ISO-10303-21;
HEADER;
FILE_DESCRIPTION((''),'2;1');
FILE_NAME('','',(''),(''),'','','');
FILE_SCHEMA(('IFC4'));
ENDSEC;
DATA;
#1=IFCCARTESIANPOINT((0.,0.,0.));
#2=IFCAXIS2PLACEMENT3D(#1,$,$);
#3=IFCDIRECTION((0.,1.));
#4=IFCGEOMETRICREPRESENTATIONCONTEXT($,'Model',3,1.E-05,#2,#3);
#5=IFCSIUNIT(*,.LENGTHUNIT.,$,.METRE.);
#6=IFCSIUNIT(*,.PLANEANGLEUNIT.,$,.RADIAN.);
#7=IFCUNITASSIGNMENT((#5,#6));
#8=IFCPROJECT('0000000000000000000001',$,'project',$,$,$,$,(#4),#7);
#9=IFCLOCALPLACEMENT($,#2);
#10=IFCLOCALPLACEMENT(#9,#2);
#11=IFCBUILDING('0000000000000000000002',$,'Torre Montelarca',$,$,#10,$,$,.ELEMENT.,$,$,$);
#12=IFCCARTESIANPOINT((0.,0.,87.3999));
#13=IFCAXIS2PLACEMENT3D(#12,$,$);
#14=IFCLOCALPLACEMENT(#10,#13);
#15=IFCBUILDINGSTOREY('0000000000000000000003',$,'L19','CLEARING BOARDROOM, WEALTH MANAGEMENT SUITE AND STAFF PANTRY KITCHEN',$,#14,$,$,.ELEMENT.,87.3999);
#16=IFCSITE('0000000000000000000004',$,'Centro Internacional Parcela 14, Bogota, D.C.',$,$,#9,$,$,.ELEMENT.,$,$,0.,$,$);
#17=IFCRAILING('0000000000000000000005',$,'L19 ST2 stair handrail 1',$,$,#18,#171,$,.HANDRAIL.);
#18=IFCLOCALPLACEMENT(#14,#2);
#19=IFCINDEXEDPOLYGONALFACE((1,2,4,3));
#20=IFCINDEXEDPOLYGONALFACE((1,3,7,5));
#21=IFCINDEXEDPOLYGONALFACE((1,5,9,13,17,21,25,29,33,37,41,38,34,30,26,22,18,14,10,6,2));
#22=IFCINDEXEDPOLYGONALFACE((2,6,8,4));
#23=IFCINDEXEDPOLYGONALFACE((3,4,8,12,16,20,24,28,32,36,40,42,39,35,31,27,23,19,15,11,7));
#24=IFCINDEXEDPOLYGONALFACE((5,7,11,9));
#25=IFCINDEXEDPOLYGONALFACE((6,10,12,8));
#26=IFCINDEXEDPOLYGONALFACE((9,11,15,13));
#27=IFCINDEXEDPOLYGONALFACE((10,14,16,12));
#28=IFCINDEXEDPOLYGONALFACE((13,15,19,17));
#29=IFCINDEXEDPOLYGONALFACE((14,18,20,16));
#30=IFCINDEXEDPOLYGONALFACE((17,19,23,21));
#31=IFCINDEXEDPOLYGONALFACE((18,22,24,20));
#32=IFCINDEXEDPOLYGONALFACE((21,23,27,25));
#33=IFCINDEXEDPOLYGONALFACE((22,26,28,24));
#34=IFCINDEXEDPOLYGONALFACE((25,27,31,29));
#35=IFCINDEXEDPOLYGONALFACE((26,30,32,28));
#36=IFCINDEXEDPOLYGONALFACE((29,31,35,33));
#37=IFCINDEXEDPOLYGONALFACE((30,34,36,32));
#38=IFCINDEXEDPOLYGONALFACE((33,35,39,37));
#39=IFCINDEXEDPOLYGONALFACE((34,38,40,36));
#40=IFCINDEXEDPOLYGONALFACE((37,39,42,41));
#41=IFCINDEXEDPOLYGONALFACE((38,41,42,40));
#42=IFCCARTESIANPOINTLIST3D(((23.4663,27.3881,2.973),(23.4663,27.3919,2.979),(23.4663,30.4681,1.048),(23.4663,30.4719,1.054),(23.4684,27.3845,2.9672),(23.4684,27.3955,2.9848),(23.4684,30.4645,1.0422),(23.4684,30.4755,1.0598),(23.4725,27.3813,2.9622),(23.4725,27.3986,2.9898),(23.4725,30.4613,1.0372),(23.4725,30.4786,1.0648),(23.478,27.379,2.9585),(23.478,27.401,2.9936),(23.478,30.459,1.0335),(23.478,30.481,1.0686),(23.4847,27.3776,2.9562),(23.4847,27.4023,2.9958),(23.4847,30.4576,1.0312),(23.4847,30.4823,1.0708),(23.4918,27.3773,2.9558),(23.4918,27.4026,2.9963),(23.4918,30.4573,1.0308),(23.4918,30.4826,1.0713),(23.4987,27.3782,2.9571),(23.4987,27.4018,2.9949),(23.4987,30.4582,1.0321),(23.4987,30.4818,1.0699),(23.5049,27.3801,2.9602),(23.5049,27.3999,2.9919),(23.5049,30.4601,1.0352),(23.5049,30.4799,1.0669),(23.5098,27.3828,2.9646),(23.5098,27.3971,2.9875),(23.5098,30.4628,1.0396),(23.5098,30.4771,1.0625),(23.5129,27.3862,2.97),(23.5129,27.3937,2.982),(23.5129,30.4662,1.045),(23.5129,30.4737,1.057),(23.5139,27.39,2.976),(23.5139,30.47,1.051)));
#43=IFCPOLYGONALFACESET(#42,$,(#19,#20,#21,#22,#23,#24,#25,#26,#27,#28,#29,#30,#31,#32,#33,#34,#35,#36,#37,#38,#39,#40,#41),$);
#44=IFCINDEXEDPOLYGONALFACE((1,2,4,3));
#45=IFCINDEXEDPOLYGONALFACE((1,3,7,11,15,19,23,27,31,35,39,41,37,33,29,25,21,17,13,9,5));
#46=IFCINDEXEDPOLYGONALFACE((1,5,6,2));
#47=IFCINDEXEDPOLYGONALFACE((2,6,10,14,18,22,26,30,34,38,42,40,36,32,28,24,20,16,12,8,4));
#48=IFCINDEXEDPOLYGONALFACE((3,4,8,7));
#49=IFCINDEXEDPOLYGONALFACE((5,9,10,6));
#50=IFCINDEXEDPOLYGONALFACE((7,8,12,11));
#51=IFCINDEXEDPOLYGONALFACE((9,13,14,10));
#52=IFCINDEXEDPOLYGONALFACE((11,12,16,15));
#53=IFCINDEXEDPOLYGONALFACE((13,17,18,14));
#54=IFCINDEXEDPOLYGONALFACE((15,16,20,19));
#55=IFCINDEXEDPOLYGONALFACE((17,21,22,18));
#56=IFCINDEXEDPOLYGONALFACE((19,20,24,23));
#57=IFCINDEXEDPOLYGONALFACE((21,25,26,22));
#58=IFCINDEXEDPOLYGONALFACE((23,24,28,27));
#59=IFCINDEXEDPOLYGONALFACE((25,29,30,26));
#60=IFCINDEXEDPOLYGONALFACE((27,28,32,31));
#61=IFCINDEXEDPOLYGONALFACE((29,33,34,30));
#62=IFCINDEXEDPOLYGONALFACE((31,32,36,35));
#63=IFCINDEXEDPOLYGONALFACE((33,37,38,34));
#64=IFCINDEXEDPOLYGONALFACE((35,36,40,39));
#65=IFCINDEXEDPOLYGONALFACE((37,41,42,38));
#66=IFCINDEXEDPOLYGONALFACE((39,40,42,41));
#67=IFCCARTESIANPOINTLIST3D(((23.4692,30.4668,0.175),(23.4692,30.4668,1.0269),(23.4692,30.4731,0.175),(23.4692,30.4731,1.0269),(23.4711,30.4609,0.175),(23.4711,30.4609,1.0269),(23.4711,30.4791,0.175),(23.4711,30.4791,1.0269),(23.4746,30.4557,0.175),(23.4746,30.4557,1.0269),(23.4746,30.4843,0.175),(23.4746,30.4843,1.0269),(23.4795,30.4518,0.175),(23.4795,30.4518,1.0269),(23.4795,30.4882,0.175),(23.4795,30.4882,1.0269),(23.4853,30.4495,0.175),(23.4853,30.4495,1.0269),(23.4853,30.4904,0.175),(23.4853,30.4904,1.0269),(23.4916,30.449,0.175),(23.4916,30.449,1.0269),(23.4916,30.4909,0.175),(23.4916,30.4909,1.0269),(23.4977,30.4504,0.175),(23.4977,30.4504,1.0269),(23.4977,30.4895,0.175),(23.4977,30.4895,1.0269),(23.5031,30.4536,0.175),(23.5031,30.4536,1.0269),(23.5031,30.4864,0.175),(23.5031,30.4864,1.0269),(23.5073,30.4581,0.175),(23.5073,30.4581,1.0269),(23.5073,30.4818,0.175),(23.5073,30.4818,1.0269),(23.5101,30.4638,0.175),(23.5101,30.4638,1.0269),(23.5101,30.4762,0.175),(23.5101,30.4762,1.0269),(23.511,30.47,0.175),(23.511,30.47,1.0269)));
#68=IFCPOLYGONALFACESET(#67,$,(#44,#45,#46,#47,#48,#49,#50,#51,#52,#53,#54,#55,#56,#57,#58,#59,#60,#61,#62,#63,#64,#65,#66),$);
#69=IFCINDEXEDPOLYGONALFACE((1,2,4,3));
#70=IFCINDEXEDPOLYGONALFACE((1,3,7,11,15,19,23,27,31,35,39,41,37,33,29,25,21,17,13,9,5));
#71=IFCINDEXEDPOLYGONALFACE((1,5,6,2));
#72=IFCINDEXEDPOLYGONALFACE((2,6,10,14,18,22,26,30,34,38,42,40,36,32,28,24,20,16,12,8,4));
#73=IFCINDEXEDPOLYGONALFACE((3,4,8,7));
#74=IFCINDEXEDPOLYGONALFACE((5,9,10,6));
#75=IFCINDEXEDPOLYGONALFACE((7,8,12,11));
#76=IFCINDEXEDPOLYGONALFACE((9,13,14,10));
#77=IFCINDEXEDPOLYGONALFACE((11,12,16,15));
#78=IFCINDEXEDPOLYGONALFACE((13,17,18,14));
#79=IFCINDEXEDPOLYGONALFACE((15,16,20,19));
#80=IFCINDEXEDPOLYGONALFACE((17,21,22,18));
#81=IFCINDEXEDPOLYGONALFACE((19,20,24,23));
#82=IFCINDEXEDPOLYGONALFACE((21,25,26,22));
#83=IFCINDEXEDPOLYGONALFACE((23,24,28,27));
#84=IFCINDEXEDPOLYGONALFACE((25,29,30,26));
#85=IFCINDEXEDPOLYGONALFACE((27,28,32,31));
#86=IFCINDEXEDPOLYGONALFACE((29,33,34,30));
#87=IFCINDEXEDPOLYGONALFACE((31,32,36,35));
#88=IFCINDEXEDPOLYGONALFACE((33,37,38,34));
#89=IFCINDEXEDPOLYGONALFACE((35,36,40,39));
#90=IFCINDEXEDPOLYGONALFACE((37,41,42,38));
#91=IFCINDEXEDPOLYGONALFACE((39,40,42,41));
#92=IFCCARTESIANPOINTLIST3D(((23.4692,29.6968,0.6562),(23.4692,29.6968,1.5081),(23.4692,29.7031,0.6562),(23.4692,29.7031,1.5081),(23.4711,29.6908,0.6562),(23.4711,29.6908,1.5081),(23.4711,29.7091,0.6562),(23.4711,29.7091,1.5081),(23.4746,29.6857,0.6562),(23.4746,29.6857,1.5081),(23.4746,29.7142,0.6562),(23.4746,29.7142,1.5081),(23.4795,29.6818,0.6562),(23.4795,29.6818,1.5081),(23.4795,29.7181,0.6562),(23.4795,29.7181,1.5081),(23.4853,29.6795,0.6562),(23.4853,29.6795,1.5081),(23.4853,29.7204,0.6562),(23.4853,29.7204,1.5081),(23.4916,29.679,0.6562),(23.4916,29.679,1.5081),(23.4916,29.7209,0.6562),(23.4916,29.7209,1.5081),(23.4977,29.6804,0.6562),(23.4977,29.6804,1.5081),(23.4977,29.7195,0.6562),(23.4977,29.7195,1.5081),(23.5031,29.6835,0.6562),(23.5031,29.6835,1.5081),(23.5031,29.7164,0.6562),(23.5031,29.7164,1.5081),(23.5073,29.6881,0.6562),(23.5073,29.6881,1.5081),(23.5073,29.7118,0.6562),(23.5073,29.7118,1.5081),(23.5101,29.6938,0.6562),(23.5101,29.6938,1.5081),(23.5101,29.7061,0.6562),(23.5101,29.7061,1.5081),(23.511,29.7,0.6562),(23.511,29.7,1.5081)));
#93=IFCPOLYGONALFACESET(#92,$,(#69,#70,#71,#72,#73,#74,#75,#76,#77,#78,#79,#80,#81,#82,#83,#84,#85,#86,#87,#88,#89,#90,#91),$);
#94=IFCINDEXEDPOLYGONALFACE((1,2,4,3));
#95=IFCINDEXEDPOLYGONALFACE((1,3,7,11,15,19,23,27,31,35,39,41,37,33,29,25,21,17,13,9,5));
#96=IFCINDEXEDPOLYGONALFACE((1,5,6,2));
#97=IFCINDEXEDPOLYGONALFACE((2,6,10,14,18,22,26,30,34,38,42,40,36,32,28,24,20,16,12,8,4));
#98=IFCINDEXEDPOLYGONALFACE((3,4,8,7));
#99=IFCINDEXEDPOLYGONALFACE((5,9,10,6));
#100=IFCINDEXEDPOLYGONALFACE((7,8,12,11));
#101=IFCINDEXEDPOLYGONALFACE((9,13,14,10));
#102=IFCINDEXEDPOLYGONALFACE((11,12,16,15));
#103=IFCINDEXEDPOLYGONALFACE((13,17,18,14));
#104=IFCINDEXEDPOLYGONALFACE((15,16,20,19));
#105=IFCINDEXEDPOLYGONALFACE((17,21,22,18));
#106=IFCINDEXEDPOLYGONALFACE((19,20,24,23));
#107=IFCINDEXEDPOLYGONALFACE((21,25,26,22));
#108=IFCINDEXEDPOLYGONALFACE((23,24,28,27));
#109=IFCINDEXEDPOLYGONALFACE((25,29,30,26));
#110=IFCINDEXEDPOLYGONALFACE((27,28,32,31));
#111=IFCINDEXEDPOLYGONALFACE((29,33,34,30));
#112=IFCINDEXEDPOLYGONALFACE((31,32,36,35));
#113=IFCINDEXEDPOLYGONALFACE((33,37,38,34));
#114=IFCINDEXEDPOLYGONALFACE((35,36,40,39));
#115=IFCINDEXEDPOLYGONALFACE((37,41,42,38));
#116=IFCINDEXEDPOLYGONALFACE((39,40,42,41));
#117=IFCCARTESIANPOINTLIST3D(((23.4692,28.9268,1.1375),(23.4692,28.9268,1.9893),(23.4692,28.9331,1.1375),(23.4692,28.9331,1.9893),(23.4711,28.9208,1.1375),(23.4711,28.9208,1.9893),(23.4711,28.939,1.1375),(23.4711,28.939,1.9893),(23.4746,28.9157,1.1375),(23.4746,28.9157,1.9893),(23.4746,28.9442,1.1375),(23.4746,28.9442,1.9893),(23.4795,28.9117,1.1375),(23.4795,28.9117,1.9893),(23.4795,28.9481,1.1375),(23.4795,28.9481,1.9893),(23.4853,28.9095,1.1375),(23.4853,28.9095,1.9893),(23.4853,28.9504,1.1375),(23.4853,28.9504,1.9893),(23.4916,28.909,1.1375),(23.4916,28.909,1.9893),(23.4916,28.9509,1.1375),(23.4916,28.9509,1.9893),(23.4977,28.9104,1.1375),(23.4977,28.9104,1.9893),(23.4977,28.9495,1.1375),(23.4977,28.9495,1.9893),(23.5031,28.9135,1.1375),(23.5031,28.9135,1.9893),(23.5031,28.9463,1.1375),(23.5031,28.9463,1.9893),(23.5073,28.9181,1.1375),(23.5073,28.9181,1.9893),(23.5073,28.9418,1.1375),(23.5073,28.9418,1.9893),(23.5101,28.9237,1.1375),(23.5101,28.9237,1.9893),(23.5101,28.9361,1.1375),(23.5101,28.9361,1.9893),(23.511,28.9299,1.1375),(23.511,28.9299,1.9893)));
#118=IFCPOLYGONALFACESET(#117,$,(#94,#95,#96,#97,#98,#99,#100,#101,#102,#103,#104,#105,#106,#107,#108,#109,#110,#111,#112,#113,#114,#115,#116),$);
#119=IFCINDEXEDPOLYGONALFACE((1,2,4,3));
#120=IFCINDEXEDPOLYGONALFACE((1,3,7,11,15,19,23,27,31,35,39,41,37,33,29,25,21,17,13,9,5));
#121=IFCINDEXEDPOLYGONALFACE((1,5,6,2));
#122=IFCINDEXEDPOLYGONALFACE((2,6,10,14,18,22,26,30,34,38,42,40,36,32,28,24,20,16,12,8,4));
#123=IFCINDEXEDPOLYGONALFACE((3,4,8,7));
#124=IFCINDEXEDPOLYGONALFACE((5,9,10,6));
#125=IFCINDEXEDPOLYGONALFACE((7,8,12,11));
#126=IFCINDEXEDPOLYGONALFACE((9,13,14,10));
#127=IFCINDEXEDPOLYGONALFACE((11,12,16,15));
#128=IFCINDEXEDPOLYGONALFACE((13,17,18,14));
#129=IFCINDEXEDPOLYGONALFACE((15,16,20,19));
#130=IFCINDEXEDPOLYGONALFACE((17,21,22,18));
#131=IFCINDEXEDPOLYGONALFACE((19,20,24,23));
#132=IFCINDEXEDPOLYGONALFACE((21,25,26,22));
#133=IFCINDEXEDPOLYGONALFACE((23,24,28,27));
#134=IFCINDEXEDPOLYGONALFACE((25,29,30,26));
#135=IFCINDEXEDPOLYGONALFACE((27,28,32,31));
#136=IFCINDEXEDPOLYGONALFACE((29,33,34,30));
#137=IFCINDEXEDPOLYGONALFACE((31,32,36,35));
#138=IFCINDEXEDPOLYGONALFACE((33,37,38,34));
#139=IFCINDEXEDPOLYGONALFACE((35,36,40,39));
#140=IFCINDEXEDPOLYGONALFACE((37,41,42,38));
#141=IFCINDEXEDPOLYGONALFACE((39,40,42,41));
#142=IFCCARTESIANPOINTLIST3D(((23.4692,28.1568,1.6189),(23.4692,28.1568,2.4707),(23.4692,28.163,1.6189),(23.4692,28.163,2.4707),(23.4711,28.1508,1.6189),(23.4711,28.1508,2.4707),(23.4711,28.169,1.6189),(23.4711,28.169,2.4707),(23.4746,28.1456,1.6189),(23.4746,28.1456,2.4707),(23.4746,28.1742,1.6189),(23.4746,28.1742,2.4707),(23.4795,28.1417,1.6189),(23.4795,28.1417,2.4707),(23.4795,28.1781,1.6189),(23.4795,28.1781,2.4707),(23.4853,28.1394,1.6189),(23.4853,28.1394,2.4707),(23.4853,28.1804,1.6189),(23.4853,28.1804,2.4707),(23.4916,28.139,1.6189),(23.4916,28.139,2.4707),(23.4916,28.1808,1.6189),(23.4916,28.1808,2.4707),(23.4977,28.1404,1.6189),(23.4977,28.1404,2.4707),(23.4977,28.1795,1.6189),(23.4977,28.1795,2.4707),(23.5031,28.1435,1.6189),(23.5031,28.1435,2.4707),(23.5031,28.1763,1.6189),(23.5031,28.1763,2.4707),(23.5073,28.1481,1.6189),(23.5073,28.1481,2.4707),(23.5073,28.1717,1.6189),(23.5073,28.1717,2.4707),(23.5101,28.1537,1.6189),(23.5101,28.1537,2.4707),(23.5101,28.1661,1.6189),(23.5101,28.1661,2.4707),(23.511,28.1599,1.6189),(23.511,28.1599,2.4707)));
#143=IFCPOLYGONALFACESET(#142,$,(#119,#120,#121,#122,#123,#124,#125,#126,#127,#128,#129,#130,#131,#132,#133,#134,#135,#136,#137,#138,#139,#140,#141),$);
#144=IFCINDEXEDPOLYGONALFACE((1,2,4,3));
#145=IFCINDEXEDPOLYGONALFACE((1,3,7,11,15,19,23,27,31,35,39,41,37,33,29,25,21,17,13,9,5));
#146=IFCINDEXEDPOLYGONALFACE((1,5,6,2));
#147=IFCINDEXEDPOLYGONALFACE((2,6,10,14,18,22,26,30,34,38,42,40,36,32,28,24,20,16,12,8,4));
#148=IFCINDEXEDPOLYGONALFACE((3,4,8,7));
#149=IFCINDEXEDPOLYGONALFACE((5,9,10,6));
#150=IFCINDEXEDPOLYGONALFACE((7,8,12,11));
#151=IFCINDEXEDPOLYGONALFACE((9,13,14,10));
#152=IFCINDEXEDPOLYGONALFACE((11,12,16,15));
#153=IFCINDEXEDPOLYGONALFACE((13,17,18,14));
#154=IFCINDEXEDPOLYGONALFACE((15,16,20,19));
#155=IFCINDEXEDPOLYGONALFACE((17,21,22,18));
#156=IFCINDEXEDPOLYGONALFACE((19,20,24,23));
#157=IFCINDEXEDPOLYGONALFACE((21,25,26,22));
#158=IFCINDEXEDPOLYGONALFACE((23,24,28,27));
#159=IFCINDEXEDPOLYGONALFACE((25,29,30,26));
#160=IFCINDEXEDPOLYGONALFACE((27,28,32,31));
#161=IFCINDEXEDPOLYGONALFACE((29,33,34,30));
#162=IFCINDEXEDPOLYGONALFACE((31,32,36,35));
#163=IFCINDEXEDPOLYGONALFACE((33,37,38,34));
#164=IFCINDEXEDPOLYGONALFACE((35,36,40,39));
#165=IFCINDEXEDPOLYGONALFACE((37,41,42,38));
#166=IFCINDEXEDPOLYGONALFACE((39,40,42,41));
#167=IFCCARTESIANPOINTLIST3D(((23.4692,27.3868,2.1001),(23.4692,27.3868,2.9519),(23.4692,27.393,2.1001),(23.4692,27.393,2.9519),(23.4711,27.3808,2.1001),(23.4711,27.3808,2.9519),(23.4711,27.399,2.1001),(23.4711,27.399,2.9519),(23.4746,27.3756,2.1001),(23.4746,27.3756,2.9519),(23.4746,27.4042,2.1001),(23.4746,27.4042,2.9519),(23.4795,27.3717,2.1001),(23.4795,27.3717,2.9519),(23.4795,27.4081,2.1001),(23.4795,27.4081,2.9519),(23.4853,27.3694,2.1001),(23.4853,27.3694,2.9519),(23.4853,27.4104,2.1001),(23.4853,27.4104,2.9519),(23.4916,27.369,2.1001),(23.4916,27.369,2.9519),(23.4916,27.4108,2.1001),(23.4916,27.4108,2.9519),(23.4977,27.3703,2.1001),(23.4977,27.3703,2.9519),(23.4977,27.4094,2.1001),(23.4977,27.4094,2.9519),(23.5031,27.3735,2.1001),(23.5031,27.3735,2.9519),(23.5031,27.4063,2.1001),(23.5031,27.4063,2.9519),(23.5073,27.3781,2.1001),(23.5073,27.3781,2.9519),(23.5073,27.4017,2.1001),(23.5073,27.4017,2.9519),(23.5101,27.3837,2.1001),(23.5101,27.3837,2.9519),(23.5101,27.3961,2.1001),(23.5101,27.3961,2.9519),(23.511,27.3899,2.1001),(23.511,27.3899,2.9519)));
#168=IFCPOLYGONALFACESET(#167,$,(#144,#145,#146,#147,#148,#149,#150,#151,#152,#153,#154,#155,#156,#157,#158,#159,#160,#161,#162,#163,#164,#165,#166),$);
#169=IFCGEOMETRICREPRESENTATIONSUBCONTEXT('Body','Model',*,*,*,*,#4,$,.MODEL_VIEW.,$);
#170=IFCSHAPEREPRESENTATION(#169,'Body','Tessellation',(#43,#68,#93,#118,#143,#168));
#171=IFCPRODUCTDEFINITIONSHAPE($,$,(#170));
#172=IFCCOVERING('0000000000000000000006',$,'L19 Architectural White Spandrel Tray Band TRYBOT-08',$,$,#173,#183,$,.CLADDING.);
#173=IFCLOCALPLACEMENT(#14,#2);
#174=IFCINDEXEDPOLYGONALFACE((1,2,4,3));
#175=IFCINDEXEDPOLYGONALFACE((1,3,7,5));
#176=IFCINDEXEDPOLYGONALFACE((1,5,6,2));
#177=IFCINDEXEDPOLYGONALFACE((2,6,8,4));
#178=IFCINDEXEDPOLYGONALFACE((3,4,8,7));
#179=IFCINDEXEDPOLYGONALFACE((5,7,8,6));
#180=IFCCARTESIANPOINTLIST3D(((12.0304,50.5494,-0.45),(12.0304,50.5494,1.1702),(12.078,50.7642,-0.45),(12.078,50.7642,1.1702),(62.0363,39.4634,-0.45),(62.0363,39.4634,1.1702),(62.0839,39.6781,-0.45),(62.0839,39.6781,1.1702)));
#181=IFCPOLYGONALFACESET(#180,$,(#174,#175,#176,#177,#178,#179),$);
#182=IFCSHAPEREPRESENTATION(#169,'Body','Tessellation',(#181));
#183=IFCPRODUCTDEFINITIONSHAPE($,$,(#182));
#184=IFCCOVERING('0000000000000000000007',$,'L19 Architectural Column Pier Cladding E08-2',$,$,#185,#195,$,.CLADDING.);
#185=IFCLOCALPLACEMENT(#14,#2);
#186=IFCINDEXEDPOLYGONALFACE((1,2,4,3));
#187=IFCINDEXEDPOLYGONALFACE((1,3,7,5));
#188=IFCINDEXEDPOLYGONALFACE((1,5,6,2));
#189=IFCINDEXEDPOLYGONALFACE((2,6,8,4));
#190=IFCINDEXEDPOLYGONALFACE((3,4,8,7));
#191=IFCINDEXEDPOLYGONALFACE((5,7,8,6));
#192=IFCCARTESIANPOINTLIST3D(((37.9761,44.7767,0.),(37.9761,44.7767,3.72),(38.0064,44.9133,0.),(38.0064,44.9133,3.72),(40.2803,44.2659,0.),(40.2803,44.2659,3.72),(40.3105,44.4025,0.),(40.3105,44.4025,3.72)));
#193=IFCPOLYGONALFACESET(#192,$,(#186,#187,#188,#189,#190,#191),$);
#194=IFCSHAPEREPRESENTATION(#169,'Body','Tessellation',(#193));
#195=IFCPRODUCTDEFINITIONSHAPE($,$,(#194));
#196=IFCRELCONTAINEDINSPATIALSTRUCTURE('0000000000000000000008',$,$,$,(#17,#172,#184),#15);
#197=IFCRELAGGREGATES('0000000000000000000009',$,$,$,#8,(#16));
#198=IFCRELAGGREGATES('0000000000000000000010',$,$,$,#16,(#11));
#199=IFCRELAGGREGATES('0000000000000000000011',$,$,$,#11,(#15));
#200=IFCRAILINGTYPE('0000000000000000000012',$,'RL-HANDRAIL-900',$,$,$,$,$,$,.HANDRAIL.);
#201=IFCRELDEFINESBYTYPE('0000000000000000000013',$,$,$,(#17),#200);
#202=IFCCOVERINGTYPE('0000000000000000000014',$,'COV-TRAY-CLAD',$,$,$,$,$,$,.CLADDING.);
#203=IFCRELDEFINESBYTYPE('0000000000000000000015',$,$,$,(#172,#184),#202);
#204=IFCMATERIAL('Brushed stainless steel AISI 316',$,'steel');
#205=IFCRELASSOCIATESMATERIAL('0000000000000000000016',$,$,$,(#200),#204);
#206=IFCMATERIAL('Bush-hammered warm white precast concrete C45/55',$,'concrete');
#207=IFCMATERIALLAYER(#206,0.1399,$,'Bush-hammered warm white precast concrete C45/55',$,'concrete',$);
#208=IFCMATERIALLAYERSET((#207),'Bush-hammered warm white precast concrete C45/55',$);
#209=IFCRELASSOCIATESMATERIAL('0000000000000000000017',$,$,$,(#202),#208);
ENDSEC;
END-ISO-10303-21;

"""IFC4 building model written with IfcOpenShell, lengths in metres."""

from ifc_helpers import new_model, si_unit, direction, frame, origin, origin_2d, place, context, subcontext, project, spatial, rectangle, circle, extrude, source, transform, mapped, material, layer, layer_set, type_object, element, save


model = new_model("IFC4")

# Units and contexts
model_context = context("Model", 3, precision=1e-05, world=origin(), true_north=direction((0.0, 1.0)))
body_context = subcontext(model_context, "Body", "Model", "MODEL_VIEW")
ifc_project = project(units=[si_unit("LENGTHUNIT", "METRE"), si_unit("PLANEANGLEUNIT", "RADIAN")], contexts=[model_context])

# Site, building, storey
site_placement = place(None, origin())
site = spatial("IfcSite", under=ifc_project, at=site_placement, Name="Centro Internacional Parcela 14, Bogota, D.C.", CompositionType="ELEMENT", RefElevation=0.0)
building_placement = place(site_placement, origin())
building = spatial("IfcBuilding", under=site, at=building_placement, Name="Torre Montelarca", CompositionType="ELEMENT")
storey_placement = place(building_placement, frame((0.0, 0.0, 87.3999)))
storey = spatial("IfcBuildingStorey", under=building, at=storey_placement, Name="L19", Description="CLEARING BOARDROOM, WEALTH MANAGEMENT SUITE AND STAFF PANTRY KITCHEN", CompositionType="ELEMENT", Elevation=87.3999)

# Shared definitions
ifc_material_1 = material(Name="Brushed stainless steel AISI 316", Category="steel")

# Railing
railing_type_1 = type_object("IfcRailingType", Name="RL-HANDRAIL-900", PredefinedType="HANDRAIL", material=ifc_material_1)
railing_1_placement = place(storey_placement, frame((23.49, 30.47, 0.175)))
element("IfcRailing", 1, at=railing_1_placement, inside=storey, type_object=railing_type_1, Name="L19 ST2 stair handrail 1", PredefinedType="HANDRAIL", context=body_context, shape_type="SweptSolid", body=[
    extrude(circle(Radius=0.0239, at=origin_2d()), frame((0.0, 0.0, 0.876), z_axis=(0.0, -0.847998, 0.529999), x_axis=(1.0, 0.0, 0.0)), (0.0, 0.0, 1.0), 3.6321),
    extrude(circle(Radius=0.021, at=origin_2d()), origin(), (0.0, 0.0, 1.0), 0.8518),
    extrude(circle(Radius=0.021, at=origin_2d()), frame((0.0, -0.77, 0.4812)), (0.0, 0.0, 1.0), 0.8518),
    extrude(circle(Radius=0.021, at=origin_2d()), frame((0.0, -1.54, 0.9624)), (0.0, 0.0, 1.0), 0.8518),
    extrude(circle(Radius=0.021, at=origin_2d()), frame((0.0, -2.3101, 1.4438)), (0.0, 0.0, 1.0), 0.8518),
    extrude(circle(Radius=0.021, at=origin_2d()), frame((0.0, -3.0801, 1.925)), (0.0, 0.0, 1.0), 0.8518),
])

# Coverings
ifc_material_2 = material(Name="Bush-hammered warm white precast concrete C45/55", Category="concrete")
ifc_layer_1 = layer(ifc_material_2, 0.1399, Name="Bush-hammered warm white precast concrete C45/55", Category="concrete")
ifc_layer_set_1 = layer_set([ifc_layer_1], Name="Bush-hammered warm white precast concrete C45/55")
covering_type = type_object("IfcCoveringType", Name="COV-TRAY-CLAD", PredefinedType="CLADDING", material=ifc_layer_set_1)
shared_shape_1 = source(origin(), body_context, "Body", "SweptSolid", [
    extrude(rectangle(XDim=51.22, YDim=0.22, at=origin_2d()), origin(), (0.0, 0.0, 1.0), 1.6201),
])
covering_1_placement = place(storey_placement, frame((37.0571, 45.1138, -0.45), z_axis=(0.0, 0.0, 1.0), x_axis=(-0.976296, 0.21644, 0.0)))
element("IfcCovering", 2, at=covering_1_placement, inside=storey, type_object=covering_type, Name="L19 Architectural White Spandrel Tray Band TRYBOT-08", PredefinedType="CLADDING", context=body_context, shape_type="MappedRepresentation", body=[
    mapped(shared_shape_1, transform((0.0, 0.0, 0.0), scale=1.0)),
])
shared_shape_2 = source(origin(), body_context, "Body", "SweptSolid", [
    extrude(rectangle(XDim=2.3601, YDim=0.1399, at=origin_2d()), origin(), (0.0, 0.0, 1.0), 3.72),
])
covering_2_placement = place(storey_placement, frame((39.1433, 44.5896, 0.0), z_axis=(0.0, 0.0, 1.0), x_axis=(-0.976296, 0.21644, 0.0)))
element("IfcCovering", 3, at=covering_2_placement, inside=storey, type_object=covering_type, Name="L19 Architectural Column Pier Cladding E08-2", PredefinedType="CLADDING", context=body_context, shape_type="MappedRepresentation", body=[
    mapped(shared_shape_2, transform((0.0, 0.0, 0.0), scale=1.0)),
])

save(model, "model.ifc")
